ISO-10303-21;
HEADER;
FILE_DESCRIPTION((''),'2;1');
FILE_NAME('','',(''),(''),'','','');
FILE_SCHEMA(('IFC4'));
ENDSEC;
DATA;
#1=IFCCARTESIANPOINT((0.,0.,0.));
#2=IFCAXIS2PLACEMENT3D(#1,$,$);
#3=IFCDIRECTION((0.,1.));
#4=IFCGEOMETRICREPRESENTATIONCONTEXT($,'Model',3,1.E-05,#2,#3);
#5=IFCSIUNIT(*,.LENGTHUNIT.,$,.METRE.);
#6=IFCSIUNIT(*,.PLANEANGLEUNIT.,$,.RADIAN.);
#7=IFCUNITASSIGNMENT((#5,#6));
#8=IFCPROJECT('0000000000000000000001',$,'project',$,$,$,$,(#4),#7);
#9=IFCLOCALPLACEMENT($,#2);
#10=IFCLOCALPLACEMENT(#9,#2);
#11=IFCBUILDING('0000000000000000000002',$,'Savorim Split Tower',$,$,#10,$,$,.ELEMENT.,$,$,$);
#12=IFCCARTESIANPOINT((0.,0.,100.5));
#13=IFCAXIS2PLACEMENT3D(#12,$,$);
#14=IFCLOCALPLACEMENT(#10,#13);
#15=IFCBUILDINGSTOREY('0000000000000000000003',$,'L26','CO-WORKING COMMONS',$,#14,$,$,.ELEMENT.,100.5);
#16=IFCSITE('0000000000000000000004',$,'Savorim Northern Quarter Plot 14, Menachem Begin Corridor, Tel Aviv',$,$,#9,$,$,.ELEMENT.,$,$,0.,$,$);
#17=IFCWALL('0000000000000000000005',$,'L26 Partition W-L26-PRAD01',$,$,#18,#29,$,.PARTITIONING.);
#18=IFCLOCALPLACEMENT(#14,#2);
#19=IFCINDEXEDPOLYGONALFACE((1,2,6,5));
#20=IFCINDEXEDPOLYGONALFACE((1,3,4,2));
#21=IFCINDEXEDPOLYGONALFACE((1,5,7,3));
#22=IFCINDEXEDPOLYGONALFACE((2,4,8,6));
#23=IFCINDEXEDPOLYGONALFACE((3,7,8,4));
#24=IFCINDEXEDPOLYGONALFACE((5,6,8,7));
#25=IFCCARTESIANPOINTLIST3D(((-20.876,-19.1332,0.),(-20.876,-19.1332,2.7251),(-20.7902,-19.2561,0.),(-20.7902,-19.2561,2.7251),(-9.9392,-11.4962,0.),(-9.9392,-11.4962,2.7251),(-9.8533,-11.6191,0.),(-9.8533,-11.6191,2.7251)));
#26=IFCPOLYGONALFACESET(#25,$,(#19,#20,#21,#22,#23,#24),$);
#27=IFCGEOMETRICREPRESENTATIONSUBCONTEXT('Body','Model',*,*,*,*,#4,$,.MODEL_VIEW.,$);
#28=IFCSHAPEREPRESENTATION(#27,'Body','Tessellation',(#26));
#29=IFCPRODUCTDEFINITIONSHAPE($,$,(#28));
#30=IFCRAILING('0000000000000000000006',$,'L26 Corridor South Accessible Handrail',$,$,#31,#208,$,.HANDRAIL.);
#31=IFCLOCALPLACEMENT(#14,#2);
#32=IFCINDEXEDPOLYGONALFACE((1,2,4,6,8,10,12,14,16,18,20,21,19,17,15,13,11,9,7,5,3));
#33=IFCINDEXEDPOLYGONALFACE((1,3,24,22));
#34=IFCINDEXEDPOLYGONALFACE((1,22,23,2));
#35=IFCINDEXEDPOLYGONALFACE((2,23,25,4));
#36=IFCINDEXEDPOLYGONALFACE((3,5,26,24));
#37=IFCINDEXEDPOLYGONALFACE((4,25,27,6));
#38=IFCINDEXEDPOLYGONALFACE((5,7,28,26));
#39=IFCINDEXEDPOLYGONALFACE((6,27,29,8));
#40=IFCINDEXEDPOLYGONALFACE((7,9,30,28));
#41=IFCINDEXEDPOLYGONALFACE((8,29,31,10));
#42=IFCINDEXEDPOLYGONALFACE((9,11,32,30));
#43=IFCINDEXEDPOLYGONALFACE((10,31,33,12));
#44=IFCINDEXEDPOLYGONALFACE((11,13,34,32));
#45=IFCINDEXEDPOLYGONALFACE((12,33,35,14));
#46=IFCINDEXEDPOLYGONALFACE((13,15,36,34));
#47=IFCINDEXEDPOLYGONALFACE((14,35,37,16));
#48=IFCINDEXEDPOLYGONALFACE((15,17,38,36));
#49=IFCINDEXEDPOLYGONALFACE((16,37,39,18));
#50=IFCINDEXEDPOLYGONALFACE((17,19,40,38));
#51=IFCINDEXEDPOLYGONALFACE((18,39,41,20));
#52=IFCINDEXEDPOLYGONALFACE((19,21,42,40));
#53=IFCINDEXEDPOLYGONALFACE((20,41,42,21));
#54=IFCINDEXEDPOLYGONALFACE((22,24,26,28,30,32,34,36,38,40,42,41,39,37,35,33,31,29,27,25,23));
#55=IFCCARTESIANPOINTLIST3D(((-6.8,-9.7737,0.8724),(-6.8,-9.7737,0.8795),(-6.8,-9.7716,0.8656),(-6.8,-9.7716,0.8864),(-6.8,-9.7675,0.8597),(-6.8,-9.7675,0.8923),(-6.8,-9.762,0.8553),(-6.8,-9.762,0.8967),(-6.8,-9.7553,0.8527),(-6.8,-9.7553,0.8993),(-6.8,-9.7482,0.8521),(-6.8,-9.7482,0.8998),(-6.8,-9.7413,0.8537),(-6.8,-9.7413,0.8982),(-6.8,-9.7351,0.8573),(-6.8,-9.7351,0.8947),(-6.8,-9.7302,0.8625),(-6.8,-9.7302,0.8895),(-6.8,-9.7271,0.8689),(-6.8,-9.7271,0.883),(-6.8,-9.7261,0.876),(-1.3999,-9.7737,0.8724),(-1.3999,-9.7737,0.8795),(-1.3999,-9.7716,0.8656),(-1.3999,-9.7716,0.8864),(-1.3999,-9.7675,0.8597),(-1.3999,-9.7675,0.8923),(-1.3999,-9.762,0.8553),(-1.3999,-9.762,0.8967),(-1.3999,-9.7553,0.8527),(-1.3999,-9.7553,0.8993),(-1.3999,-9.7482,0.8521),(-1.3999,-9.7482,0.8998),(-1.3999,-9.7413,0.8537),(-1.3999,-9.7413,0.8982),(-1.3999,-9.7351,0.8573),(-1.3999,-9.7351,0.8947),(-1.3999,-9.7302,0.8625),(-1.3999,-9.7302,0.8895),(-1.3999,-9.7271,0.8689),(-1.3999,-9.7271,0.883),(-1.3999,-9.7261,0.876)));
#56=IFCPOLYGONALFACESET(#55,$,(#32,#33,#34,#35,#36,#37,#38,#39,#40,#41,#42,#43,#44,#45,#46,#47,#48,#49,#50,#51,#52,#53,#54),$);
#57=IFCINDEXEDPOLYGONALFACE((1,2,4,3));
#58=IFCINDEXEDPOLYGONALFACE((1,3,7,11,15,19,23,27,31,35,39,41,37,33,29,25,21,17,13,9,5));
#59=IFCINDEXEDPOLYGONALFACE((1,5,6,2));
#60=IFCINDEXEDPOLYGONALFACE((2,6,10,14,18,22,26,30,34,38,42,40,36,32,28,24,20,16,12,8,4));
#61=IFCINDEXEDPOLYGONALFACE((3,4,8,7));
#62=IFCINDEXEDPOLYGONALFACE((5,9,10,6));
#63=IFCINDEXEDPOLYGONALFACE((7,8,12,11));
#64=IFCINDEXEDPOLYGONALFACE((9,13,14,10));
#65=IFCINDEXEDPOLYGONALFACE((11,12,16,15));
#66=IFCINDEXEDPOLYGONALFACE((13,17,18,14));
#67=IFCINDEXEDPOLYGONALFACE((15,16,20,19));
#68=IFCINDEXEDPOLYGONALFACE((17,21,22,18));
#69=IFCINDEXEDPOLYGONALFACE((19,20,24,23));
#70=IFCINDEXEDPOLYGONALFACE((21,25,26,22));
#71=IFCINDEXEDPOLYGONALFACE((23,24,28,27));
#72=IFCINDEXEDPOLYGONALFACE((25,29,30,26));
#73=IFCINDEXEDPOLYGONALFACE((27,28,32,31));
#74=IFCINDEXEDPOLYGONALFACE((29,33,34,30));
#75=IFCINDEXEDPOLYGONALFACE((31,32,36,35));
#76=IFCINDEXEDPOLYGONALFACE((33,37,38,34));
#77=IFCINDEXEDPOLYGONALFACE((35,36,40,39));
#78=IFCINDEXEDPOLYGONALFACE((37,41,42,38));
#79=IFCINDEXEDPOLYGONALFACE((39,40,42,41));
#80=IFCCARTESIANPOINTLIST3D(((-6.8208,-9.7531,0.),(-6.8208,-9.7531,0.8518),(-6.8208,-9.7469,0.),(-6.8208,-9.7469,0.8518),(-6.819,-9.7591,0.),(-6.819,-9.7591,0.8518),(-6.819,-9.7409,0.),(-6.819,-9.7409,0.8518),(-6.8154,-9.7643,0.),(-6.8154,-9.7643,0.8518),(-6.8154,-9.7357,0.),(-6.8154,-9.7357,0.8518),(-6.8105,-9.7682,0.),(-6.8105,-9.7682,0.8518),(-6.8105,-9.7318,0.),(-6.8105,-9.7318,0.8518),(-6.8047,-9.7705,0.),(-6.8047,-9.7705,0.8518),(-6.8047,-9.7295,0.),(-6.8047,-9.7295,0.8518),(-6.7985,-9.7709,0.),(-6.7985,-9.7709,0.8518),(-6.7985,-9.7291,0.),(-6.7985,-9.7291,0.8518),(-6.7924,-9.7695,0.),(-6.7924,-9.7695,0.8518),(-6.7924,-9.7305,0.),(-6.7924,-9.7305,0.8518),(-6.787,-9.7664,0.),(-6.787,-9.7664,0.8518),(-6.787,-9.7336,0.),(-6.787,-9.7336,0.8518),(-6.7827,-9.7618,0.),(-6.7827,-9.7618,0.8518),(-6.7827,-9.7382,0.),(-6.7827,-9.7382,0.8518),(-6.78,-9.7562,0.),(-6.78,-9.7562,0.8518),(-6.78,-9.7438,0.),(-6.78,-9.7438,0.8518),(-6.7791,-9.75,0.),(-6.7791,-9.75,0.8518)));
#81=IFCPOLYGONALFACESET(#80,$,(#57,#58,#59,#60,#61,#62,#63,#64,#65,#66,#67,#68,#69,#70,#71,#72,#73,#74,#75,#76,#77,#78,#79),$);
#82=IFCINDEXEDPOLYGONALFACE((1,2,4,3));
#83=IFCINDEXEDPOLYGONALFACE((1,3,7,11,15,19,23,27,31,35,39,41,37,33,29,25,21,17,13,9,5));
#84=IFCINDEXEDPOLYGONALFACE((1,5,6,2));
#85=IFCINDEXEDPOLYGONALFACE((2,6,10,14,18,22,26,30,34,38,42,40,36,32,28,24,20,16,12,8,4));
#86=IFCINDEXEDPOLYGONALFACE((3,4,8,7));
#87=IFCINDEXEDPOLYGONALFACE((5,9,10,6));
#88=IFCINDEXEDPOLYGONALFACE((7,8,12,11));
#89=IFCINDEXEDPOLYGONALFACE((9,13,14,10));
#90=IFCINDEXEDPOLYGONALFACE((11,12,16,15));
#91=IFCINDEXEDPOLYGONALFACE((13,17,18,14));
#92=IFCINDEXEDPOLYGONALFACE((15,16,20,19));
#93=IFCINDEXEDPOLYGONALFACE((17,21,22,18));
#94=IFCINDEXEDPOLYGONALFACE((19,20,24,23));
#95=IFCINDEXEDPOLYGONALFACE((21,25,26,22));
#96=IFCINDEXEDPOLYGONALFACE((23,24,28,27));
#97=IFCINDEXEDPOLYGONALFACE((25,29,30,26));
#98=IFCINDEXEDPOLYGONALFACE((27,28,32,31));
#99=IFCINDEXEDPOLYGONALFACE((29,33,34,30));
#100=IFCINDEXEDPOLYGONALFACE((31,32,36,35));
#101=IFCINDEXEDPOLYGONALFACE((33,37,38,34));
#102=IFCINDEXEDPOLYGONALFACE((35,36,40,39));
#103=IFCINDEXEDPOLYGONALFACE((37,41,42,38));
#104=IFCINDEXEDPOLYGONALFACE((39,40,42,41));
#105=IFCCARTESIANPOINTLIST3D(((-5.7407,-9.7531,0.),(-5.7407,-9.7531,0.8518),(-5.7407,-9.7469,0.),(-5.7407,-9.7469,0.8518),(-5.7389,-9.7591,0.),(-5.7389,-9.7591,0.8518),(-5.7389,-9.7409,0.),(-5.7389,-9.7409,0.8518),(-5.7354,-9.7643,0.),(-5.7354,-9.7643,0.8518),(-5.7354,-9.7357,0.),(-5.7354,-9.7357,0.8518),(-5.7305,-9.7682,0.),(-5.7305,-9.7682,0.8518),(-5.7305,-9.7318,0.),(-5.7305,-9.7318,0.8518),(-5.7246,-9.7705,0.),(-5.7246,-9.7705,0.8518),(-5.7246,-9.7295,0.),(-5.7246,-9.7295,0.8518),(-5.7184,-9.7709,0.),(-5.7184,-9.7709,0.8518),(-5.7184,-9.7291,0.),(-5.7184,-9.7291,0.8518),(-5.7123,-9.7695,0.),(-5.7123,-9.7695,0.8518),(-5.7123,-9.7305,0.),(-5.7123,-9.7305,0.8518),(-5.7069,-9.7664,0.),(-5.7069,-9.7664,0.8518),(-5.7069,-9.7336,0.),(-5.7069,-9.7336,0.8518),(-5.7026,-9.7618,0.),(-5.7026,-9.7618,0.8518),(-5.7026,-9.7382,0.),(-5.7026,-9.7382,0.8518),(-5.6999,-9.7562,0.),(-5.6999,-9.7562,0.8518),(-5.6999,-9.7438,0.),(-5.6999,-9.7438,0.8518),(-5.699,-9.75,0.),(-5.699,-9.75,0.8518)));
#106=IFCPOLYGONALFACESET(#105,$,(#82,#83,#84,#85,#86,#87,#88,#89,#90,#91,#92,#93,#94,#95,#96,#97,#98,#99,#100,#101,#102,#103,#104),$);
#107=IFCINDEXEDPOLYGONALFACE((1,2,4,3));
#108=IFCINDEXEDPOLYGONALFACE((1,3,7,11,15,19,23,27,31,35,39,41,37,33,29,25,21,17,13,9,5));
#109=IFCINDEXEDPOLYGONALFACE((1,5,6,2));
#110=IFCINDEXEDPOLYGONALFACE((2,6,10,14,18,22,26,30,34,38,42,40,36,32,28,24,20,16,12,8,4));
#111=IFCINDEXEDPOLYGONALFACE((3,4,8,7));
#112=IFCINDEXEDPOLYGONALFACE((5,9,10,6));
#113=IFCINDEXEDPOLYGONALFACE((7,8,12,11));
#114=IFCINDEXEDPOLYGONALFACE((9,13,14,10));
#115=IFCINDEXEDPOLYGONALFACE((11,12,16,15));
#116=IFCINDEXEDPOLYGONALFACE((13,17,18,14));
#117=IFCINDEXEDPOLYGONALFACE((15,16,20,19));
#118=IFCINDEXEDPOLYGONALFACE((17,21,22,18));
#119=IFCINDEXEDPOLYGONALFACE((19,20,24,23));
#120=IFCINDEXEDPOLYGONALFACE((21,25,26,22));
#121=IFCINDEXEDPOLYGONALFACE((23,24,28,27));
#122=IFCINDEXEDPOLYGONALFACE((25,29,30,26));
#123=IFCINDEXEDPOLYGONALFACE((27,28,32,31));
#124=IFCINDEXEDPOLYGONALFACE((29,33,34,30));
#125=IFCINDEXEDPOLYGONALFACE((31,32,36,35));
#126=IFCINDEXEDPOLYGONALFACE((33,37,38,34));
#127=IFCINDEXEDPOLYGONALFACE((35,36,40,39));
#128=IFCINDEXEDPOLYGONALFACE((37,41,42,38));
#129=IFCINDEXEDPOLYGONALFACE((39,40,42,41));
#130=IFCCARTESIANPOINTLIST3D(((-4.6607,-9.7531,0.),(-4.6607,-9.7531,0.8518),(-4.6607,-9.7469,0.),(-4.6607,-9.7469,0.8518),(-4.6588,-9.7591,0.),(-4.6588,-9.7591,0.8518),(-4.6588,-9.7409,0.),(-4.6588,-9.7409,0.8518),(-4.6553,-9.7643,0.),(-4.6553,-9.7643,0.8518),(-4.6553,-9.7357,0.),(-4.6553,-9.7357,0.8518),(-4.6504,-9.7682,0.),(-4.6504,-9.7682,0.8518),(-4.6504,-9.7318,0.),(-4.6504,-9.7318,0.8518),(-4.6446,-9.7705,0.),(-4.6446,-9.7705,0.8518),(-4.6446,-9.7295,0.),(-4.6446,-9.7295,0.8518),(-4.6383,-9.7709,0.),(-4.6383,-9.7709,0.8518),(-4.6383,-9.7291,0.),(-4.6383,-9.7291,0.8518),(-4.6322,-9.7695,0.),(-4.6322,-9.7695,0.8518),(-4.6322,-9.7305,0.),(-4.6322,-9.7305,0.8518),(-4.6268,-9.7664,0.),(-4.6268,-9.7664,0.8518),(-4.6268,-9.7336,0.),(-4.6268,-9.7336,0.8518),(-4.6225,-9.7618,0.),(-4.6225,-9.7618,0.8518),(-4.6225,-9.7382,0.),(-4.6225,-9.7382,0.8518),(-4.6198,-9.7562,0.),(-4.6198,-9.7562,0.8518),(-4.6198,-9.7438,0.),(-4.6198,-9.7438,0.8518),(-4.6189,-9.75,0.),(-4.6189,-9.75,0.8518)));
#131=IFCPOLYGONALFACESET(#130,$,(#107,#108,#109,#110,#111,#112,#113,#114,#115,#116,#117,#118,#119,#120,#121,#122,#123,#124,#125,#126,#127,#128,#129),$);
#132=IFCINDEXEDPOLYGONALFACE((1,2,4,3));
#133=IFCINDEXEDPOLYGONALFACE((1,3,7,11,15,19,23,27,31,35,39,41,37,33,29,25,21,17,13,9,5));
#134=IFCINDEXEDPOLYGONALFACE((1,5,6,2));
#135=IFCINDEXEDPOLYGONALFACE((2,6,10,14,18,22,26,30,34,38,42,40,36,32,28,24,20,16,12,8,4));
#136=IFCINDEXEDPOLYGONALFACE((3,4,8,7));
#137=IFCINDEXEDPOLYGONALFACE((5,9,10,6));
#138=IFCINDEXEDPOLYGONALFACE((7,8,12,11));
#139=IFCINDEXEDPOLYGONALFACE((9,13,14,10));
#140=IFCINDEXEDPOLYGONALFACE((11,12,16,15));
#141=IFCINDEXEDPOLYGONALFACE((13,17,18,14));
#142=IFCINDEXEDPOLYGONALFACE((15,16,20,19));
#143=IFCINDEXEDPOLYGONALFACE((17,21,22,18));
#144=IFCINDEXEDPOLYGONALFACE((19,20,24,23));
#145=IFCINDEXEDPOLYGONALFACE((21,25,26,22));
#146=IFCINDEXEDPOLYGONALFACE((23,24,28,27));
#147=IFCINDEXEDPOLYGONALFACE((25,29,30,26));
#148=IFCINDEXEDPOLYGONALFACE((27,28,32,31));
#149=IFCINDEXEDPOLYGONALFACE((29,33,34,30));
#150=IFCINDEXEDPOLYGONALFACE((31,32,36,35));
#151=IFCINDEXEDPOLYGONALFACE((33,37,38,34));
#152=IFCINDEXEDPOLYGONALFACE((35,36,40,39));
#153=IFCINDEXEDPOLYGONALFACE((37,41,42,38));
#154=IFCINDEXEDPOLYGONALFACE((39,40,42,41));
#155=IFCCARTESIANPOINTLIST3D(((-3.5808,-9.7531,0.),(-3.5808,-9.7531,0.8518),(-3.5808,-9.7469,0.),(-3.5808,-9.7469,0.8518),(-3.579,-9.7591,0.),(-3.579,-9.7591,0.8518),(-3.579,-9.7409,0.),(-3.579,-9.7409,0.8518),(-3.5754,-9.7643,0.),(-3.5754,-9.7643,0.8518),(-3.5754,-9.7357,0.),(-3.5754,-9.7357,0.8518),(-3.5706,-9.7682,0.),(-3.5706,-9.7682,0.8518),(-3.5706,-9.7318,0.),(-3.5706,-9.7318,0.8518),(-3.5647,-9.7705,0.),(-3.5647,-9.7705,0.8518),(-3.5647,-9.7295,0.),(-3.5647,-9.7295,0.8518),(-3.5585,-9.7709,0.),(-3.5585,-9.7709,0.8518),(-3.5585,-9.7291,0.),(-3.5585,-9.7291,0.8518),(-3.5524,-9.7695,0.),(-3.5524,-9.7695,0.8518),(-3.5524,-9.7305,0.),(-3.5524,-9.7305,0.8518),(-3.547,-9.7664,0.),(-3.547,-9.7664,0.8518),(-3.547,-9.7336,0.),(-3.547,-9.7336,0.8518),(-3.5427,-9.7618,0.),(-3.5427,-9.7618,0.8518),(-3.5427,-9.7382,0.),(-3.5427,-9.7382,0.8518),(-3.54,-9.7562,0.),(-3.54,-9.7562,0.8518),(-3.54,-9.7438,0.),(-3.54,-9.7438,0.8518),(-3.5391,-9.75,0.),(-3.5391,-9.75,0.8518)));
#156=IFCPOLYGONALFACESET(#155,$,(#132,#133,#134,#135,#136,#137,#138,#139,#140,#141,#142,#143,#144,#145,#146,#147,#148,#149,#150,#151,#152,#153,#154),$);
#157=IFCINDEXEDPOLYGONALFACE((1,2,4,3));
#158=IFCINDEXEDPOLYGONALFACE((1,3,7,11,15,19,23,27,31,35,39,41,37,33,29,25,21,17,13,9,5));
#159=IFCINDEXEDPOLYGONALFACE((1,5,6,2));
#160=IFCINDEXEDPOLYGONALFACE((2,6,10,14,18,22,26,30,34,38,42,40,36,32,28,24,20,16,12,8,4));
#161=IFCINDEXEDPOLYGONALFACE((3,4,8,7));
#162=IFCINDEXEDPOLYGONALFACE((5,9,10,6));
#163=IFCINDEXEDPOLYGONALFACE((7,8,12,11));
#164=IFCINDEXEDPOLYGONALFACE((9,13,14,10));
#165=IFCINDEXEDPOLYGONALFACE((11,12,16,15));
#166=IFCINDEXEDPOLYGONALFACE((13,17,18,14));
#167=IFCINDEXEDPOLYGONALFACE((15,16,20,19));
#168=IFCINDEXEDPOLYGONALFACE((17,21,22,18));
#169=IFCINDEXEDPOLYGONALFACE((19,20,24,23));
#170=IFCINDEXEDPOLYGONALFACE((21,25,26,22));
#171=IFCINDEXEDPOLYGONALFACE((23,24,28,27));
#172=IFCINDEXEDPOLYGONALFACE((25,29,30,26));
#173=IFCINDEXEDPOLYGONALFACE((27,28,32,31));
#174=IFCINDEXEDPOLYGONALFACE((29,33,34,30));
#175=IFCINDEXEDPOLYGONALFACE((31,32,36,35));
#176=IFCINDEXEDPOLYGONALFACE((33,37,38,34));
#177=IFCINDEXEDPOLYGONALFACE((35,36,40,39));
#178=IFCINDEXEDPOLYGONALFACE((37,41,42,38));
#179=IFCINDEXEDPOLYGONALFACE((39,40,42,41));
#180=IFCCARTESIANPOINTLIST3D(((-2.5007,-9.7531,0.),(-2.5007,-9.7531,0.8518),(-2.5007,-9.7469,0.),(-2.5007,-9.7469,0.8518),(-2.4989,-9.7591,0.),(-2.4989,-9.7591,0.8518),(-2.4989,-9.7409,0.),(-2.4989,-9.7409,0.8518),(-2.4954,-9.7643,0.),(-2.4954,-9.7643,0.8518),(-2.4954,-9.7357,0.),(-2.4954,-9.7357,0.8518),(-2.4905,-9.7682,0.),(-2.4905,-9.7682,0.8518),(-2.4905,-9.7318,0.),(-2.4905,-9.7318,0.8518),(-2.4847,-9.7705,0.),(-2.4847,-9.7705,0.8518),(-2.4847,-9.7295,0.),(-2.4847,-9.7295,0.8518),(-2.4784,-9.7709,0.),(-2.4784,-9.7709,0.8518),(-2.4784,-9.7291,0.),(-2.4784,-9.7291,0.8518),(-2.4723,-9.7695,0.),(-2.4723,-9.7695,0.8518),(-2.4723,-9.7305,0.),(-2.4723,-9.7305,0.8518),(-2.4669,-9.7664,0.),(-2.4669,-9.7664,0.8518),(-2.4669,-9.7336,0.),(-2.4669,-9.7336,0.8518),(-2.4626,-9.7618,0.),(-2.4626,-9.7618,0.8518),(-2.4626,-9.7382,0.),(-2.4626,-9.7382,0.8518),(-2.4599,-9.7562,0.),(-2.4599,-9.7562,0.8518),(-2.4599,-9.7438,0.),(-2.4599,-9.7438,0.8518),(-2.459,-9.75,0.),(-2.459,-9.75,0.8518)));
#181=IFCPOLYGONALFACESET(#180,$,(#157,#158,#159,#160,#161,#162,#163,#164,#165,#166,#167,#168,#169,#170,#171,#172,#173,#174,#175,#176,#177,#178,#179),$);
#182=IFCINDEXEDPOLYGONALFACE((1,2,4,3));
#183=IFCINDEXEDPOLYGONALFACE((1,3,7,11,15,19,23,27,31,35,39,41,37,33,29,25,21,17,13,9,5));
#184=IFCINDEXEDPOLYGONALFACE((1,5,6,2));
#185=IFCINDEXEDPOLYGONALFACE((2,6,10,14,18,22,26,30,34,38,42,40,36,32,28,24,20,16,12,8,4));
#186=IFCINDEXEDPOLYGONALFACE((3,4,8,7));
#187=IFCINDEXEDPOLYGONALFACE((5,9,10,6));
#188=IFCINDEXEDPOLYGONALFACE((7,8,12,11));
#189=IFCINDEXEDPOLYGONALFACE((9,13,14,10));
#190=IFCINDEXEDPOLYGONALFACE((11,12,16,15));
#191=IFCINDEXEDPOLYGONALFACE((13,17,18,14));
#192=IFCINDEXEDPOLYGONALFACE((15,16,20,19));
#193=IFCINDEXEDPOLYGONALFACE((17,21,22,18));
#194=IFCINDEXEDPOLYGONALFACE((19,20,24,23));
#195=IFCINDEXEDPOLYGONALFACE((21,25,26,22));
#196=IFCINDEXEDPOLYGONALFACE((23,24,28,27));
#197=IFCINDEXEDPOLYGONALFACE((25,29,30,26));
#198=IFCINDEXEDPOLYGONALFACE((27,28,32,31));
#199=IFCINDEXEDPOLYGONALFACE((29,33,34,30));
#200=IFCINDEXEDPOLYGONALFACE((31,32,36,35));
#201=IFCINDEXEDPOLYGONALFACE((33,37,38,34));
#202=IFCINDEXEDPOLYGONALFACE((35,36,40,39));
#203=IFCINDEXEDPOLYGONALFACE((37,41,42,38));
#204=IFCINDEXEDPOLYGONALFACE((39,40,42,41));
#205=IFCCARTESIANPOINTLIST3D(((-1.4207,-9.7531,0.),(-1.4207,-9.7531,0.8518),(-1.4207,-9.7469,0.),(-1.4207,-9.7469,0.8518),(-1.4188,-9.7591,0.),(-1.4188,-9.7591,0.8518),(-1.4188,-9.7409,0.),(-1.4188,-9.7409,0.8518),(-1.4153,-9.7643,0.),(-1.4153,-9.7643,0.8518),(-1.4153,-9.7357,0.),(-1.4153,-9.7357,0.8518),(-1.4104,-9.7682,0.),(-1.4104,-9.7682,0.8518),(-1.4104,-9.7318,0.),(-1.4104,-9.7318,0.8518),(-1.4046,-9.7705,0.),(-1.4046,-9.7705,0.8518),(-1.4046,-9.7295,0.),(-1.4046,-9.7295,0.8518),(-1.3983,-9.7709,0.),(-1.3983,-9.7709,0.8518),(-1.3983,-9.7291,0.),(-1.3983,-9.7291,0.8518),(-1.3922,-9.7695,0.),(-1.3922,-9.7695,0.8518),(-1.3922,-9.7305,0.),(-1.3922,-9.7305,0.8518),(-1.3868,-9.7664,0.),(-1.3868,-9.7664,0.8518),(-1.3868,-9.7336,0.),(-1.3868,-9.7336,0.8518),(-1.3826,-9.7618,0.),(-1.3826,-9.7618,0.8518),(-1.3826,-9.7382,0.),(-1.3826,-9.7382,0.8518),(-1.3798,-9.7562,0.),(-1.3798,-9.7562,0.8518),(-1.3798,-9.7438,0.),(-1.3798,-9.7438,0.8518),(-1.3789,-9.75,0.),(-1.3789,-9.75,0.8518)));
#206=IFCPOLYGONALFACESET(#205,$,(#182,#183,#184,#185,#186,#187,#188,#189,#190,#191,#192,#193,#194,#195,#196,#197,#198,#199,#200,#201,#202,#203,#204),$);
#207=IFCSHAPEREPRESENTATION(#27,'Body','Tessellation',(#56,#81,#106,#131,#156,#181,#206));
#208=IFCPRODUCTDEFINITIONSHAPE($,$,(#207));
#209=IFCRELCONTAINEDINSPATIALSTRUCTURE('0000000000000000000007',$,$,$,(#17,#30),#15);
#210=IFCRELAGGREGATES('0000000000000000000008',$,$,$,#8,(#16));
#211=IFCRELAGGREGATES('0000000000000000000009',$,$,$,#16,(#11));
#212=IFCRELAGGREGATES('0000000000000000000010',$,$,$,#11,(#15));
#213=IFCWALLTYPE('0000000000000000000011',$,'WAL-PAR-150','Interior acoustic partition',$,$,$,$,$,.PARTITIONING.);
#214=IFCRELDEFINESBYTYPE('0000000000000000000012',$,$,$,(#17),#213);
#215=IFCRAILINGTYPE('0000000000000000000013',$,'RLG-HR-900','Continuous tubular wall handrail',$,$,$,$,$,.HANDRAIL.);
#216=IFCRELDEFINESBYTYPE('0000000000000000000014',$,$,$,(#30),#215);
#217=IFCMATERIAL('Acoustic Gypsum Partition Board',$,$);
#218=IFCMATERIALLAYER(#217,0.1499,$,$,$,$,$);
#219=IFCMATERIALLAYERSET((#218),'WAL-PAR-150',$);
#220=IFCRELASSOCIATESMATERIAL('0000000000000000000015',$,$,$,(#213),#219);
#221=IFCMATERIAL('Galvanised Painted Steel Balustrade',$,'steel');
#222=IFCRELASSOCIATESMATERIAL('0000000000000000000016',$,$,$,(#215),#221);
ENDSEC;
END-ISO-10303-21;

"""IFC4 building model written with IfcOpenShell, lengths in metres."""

from ifc_helpers import new_model, si_unit, direction, frame, frame_2d, origin, origin_2d, place, context, subcontext, project, spatial, rectangle, circle, extrude, material, layer, layer_set, type_object, element, save


model = new_model("IFC4")

# Units and contexts
model_context = context("Model", 3, precision=1e-05, world=origin(), true_north=direction((0.0, 1.0)))
body_context = subcontext(model_context, "Body", "Model", "MODEL_VIEW")
ifc_project = project(units=[si_unit("LENGTHUNIT", "METRE"), si_unit("PLANEANGLEUNIT", "RADIAN")], contexts=[model_context])

# Site, building, storey
site_placement = place(None, origin())
site = spatial("IfcSite", under=ifc_project, at=site_placement, Name="Savorim Northern Quarter Plot 14, Menachem Begin Corridor, Tel Aviv", CompositionType="ELEMENT", RefElevation=0.0)
building_placement = place(site_placement, origin())
building = spatial("IfcBuilding", under=site, at=building_placement, Name="Savorim Split Tower", CompositionType="ELEMENT")
storey_placement = place(building_placement, frame((0.0, 0.0, 100.5)))
storey = spatial("IfcBuildingStorey", under=building, at=storey_placement, Name="L26", Description="CO-WORKING COMMONS", CompositionType="ELEMENT", Elevation=100.5)

# Shared definitions
ifc_material_1 = material(Name="Acoustic Gypsum Partition Board")
ifc_layer_1 = layer(ifc_material_1, 0.1499)
ifc_layer_set_1 = layer_set([ifc_layer_1], Name="WAL-PAR-150")
wall_type_1 = type_object("IfcWallType", Name="WAL-PAR-150", Description="Interior acoustic partition", PredefinedType="PARTITIONING", material=ifc_layer_set_1)

# Wall
wall_1_placement = place(storey_placement, frame((-9.8962, -11.5576, 0.0), z_axis=(0.0, 0.0, 1.0), x_axis=(-0.819893, -0.572517, 0.0)))
element("IfcWall", 1, at=wall_1_placement, inside=storey, type_object=wall_type_1, Name="L26 Partition W-L26-PRAD01", PredefinedType="PARTITIONING", context=body_context, shape_type="SweptSolid", body=[
    extrude(rectangle(XDim=13.3394, YDim=0.1499, at=frame_2d((6.6697, 0.0))), origin(), (0.0, 0.0, 1.0), 2.7251),
])

# Railing
ifc_material_2 = material(Name="Galvanised Painted Steel Balustrade", Category="steel")
railing_type = type_object("IfcRailingType", Name="RLG-HR-900", Description="Continuous tubular wall handrail", PredefinedType="HANDRAIL", material=ifc_material_2)
railing_placement = place(storey_placement, frame((-6.8, -9.75, 0.0)))
element("IfcRailing", 2, at=railing_placement, inside=storey, type_object=railing_type, Name="L26 Corridor South Accessible Handrail", PredefinedType="HANDRAIL", context=body_context, shape_type="SweptSolid", body=[
    extrude(circle(Radius=0.0239, at=origin_2d()), frame((0.0, 0.0, 0.876), z_axis=(1.0, 0.0, 0.0), x_axis=(0.0, 1.0, 0.0)), (0.0, 0.0, 1.0), 5.4001),
    extrude(circle(Radius=0.021, at=origin_2d()), origin(), (0.0, 0.0, 1.0), 0.8518),
    extrude(circle(Radius=0.021, at=origin_2d()), frame((1.0801, 0.0, 0.0)), (0.0, 0.0, 1.0), 0.8518),
    extrude(circle(Radius=0.021, at=origin_2d()), frame((2.1602, 0.0, 0.0)), (0.0, 0.0, 1.0), 0.8518),
    extrude(circle(Radius=0.021, at=origin_2d()), frame((3.24, 0.0, 0.0)), (0.0, 0.0, 1.0), 0.8518),
    extrude(circle(Radius=0.021, at=origin_2d()), frame((4.3201, 0.0, 0.0)), (0.0, 0.0, 1.0), 0.8518),
    extrude(circle(Radius=0.021, at=origin_2d()), frame((5.4001, 0.0, 0.0)), (0.0, 0.0, 1.0), 0.8518),
])

save(model, "model.ifc")
